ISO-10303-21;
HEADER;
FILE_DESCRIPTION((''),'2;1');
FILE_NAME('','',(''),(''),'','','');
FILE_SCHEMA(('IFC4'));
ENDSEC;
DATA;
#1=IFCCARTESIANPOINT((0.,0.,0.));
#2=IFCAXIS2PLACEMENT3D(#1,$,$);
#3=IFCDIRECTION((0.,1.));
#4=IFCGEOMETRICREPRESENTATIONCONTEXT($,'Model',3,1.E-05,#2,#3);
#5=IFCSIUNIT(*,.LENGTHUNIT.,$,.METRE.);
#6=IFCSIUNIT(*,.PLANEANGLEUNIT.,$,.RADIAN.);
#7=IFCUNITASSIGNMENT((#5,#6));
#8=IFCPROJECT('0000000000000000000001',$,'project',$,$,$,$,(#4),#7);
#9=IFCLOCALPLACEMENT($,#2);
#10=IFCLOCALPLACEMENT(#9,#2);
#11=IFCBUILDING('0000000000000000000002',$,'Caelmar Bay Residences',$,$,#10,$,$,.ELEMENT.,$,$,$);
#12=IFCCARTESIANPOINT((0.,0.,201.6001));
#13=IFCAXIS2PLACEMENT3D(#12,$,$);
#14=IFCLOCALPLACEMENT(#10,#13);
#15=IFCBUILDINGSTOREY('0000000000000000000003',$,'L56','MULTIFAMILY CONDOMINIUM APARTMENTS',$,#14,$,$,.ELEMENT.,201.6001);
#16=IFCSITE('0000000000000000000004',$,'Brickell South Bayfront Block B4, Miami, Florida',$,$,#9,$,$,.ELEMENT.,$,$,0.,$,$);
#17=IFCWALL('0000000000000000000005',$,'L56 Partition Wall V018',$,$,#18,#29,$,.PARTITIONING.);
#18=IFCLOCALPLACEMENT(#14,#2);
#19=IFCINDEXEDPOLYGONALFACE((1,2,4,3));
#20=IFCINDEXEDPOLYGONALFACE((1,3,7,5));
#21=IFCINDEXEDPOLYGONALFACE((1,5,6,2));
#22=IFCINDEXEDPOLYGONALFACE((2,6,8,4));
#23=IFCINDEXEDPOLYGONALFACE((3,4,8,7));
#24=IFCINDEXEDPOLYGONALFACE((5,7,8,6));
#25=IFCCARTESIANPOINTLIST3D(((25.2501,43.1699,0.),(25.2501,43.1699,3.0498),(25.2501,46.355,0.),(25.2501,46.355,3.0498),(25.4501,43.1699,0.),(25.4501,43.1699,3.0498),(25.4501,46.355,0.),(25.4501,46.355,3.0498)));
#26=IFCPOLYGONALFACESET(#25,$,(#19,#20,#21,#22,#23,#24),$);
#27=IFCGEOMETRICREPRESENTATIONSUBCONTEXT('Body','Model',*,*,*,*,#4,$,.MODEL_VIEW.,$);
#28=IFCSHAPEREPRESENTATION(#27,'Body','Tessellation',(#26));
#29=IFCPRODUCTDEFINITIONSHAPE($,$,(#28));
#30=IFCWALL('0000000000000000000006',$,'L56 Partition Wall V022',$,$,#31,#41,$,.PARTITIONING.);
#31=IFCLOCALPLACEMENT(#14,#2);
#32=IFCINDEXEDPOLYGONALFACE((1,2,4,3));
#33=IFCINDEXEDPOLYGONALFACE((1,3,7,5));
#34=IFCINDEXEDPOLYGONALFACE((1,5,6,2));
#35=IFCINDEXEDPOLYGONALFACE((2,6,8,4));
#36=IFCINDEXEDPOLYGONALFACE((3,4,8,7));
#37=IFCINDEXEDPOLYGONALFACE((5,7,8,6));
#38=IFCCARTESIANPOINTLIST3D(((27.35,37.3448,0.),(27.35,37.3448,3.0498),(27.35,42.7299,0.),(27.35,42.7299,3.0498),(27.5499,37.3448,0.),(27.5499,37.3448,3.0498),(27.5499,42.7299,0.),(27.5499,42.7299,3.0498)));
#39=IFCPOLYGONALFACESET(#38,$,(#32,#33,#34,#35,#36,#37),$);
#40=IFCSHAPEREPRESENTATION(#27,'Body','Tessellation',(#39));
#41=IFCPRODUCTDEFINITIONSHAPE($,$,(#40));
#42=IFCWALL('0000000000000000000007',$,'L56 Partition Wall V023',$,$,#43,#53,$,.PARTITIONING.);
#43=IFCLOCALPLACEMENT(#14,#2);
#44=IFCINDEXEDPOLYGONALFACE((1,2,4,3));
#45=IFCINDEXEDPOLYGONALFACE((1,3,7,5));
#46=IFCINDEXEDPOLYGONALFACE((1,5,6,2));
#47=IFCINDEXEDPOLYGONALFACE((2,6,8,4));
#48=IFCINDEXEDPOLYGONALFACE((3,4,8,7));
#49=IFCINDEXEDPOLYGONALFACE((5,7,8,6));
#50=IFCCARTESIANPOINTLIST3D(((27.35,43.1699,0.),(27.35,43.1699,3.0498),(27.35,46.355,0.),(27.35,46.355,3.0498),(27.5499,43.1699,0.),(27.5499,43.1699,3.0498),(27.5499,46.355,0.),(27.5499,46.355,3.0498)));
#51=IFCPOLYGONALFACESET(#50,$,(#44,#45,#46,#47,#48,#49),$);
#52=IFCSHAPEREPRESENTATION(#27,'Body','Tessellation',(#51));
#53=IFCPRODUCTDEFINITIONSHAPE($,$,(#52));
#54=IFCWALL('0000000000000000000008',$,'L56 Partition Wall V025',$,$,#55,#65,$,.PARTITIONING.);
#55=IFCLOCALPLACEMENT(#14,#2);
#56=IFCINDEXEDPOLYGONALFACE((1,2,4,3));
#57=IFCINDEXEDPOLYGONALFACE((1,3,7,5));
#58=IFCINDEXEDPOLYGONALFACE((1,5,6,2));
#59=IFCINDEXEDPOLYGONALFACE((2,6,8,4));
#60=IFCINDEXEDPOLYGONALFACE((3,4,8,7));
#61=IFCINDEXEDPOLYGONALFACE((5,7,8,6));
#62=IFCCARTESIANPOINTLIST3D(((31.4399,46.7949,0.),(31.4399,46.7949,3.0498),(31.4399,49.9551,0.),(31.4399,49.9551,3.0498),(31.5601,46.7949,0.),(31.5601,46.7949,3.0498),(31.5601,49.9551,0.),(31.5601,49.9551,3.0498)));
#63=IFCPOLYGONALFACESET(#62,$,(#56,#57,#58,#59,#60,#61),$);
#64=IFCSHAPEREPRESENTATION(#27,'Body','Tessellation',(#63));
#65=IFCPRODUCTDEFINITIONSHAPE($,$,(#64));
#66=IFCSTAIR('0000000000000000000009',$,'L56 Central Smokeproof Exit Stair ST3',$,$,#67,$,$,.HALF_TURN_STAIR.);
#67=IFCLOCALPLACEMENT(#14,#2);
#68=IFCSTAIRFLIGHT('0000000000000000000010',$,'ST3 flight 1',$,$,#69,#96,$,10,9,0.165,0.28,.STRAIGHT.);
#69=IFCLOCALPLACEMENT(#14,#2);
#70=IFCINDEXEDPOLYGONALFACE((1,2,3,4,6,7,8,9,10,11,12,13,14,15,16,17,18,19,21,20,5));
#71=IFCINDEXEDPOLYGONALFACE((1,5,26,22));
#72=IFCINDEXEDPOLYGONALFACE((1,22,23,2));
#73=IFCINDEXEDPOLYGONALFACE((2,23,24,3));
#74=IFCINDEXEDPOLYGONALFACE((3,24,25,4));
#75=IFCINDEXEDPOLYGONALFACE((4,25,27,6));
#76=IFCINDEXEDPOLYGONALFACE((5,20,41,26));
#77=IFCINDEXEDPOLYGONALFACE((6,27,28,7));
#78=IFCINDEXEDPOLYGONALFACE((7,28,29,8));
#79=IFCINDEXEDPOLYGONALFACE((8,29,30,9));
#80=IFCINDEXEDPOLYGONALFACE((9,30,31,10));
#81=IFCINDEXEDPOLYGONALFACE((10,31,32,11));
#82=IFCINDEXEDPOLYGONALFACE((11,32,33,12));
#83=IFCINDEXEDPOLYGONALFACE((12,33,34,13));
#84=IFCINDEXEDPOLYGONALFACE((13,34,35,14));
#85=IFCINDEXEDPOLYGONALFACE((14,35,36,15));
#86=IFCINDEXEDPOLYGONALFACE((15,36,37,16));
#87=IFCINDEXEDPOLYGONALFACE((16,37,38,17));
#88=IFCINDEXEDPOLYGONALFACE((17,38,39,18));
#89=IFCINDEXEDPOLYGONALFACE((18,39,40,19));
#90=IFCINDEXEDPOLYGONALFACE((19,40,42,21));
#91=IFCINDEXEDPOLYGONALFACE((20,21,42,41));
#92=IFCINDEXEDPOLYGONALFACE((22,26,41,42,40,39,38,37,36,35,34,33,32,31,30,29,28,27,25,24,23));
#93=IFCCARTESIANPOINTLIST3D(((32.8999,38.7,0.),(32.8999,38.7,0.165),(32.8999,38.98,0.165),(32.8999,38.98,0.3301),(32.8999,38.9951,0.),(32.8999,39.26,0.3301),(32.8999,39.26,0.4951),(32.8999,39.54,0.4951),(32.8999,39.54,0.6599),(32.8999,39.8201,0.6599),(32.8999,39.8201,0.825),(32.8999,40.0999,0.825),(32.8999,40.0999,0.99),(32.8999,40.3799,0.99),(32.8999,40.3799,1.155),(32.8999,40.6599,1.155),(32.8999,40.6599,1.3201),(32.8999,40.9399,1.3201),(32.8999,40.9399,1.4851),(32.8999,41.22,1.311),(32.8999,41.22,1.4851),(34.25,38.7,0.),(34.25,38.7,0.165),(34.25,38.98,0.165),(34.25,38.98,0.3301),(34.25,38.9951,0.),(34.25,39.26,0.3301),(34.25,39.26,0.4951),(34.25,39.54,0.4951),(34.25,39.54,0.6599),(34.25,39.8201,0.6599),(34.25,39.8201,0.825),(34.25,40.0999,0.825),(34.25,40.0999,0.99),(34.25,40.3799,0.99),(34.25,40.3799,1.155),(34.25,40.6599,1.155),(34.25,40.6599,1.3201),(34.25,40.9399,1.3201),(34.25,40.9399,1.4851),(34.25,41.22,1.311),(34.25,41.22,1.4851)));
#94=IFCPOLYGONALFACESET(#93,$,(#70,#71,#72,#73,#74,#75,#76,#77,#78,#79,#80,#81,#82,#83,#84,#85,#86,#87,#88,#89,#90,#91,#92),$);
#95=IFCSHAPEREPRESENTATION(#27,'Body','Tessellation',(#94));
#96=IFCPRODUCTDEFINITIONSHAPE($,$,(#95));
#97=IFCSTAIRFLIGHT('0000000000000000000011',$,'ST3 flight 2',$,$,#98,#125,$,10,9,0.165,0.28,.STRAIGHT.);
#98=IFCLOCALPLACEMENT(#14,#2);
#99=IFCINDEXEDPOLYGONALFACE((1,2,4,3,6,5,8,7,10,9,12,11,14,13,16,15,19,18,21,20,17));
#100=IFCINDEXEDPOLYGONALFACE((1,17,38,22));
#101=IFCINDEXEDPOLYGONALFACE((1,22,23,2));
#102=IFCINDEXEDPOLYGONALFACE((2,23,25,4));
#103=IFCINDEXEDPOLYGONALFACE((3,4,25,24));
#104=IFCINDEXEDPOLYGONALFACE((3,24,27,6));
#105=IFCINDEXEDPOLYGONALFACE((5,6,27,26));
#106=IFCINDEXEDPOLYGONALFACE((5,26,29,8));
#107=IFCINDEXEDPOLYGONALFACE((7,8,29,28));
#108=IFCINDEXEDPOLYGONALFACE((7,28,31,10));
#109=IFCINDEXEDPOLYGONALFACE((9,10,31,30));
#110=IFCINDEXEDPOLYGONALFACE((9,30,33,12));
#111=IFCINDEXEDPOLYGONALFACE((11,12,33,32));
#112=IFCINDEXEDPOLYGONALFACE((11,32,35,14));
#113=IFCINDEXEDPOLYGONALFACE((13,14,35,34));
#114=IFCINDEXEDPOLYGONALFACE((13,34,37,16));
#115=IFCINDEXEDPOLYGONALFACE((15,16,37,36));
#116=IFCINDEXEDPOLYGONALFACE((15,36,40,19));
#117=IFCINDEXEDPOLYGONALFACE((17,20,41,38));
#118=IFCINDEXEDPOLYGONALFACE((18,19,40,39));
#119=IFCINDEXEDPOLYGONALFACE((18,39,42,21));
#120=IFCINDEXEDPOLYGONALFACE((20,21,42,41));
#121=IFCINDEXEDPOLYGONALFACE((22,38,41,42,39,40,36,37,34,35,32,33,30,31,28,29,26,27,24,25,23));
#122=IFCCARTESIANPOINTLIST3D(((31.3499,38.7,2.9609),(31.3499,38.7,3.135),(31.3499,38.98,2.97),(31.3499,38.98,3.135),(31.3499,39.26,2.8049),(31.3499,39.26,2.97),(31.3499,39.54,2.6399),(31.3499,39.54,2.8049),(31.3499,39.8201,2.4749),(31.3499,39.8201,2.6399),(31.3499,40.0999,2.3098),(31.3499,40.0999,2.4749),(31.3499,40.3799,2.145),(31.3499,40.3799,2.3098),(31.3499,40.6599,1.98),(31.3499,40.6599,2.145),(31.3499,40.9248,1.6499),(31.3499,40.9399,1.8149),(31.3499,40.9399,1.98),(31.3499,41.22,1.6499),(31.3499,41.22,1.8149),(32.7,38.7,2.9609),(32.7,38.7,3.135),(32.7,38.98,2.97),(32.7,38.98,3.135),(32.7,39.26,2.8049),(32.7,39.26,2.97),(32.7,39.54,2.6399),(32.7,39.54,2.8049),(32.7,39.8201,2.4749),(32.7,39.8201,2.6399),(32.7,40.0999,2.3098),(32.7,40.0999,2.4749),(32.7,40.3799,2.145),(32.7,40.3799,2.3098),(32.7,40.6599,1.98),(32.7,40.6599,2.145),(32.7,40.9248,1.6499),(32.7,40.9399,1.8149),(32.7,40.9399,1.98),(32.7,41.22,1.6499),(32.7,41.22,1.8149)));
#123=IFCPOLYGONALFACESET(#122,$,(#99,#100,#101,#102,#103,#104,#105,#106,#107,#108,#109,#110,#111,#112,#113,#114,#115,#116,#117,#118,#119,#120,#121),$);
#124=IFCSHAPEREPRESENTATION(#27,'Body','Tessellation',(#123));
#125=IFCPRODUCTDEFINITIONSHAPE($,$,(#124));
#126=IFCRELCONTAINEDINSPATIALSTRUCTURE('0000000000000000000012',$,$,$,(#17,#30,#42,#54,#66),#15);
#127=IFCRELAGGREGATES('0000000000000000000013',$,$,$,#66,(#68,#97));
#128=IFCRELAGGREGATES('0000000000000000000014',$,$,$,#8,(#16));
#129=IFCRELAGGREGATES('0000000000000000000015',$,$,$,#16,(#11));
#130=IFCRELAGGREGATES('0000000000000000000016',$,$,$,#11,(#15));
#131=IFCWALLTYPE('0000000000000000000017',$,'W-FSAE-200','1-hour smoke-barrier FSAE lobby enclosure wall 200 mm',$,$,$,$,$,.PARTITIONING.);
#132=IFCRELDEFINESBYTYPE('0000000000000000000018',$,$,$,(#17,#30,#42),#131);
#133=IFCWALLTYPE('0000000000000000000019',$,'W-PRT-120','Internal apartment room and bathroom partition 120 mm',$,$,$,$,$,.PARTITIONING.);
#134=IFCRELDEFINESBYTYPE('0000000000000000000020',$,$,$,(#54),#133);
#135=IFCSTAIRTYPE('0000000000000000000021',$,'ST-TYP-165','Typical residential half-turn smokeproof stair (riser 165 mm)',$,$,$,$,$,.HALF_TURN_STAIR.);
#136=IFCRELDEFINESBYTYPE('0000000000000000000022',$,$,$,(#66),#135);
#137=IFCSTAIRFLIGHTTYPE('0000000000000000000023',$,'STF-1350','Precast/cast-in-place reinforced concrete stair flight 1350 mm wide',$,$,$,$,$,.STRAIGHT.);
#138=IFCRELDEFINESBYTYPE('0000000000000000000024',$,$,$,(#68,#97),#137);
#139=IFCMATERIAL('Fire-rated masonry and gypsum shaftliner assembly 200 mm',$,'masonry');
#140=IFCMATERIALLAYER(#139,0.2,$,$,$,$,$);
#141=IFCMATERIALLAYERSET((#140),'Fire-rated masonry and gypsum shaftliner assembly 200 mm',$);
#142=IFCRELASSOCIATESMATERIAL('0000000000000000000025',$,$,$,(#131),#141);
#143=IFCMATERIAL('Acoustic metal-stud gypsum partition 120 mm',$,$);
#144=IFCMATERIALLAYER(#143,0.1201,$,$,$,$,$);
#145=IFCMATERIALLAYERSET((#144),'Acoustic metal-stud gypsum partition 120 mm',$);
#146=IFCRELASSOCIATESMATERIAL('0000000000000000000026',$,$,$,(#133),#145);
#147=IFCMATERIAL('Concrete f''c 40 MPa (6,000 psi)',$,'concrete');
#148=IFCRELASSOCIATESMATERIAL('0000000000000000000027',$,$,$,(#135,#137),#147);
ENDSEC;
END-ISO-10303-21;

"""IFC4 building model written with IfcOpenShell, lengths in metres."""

from ifc_helpers import new_model, si_unit, direction, frame, frame_2d, origin, place, context, subcontext, project, spatial, polyline, rectangle, outline, extrude, material, layer, layer_set, type_object, element, aggregate, save


model = new_model("IFC4")

# Units and contexts
model_context = context("Model", 3, precision=1e-05, world=origin(), true_north=direction((0.0, 1.0)))
body_context = subcontext(model_context, "Body", "Model", "MODEL_VIEW")
ifc_project = project(units=[si_unit("LENGTHUNIT", "METRE"), si_unit("PLANEANGLEUNIT", "RADIAN")], contexts=[model_context])

# Site, building, storey
site_placement = place(None, origin())
site = spatial("IfcSite", under=ifc_project, at=site_placement, Name="Brickell South Bayfront Block B4, Miami, Florida", CompositionType="ELEMENT", RefElevation=0.0)
building_placement = place(site_placement, origin())
building = spatial("IfcBuilding", under=site, at=building_placement, Name="Caelmar Bay Residences", CompositionType="ELEMENT")
storey_placement = place(building_placement, frame((0.0, 0.0, 201.6001)))
storey = spatial("IfcBuildingStorey", under=building, at=storey_placement, Name="L56", Description="MULTIFAMILY CONDOMINIUM APARTMENTS", CompositionType="ELEMENT", Elevation=201.6001)

# Walls
ifc_material_1 = material(Name="Fire-rated masonry and gypsum shaftliner assembly 200 mm", Category="masonry")
ifc_layer_1 = layer(ifc_material_1, 0.2)
ifc_layer_set_1 = layer_set([ifc_layer_1], Name="Fire-rated masonry and gypsum shaftliner assembly 200 mm")
wall_type_1 = type_object("IfcWallType", Name="W-FSAE-200", Description="1-hour smoke-barrier FSAE lobby enclosure wall 200 mm", PredefinedType="PARTITIONING", material=ifc_layer_set_1)
wall_1_placement = place(storey_placement, frame((25.3501, 43.1699, 0.0), z_axis=(0.0, 0.0, 1.0), x_axis=(0.0, 1.0, 0.0)))
element("IfcWall", 1, at=wall_1_placement, inside=storey, type_object=wall_type_1, Name="L56 Partition Wall V018", PredefinedType="PARTITIONING", context=body_context, shape_type="SweptSolid", body=[
    extrude(rectangle(XDim=3.1851, YDim=0.2, at=frame_2d((1.5925, 0.0))), origin(), (0.0, 0.0, 1.0), 3.0498),
])
wall_2_placement = place(storey_placement, frame((27.45, 37.345, 0.0), z_axis=(0.0, 0.0, 1.0), x_axis=(0.0, 1.0, 0.0)))
element("IfcWall", 2, at=wall_2_placement, inside=storey, type_object=wall_type_1, Name="L56 Partition Wall V022", PredefinedType="PARTITIONING", context=body_context, shape_type="SweptSolid", body=[
    extrude(rectangle(XDim=5.385, YDim=0.2, at=frame_2d((2.6924, 0.0))), origin(), (0.0, 0.0, 1.0), 3.0498),
])
wall_3_placement = place(storey_placement, frame((27.45, 43.1699, 0.0), z_axis=(0.0, 0.0, 1.0), x_axis=(0.0, 1.0, 0.0)))
element("IfcWall", 3, at=wall_3_placement, inside=storey, type_object=wall_type_1, Name="L56 Partition Wall V023", PredefinedType="PARTITIONING", context=body_context, shape_type="SweptSolid", body=[
    extrude(rectangle(XDim=3.1851, YDim=0.2, at=frame_2d((1.5925, 0.0))), origin(), (0.0, 0.0, 1.0), 3.0498),
])
ifc_material_2 = material(Name="Acoustic metal-stud gypsum partition 120 mm")
ifc_layer_2 = layer(ifc_material_2, 0.1201)
ifc_layer_set_2 = layer_set([ifc_layer_2], Name="Acoustic metal-stud gypsum partition 120 mm")
wall_type_2 = type_object("IfcWallType", Name="W-PRT-120", Description="Internal apartment room and bathroom partition 120 mm", PredefinedType="PARTITIONING", material=ifc_layer_set_2)
wall_4_placement = place(storey_placement, frame((31.5, 46.7949, 0.0), z_axis=(0.0, 0.0, 1.0), x_axis=(0.0, 1.0, 0.0)))
element("IfcWall", 4, at=wall_4_placement, inside=storey, type_object=wall_type_2, Name="L56 Partition Wall V025", PredefinedType="PARTITIONING", context=body_context, shape_type="SweptSolid", body=[
    extrude(rectangle(XDim=3.1602, YDim=0.1201, at=frame_2d((1.5801, 0.0))), origin(), (0.0, 0.0, 1.0), 3.0498),
])

# Stair, stair flights
ifc_material_3 = material(Name="Concrete f'c 40 MPa (6,000 psi)", Category="concrete")
stair_type = type_object("IfcStairType", Name="ST-TYP-165", Description="Typical residential half-turn smokeproof stair (riser 165 mm)", PredefinedType="HALF_TURN_STAIR", material=ifc_material_3)
stair_placement = place(storey_placement, origin())
stair = element("IfcStair", 5, at=stair_placement, inside=storey, type_object=stair_type, Name="L56 Central Smokeproof Exit Stair ST3", PredefinedType="HALF_TURN_STAIR")
stair_flight_type = type_object("IfcStairFlightType", Name="STF-1350", Description="Precast/cast-in-place reinforced concrete stair flight 1350 mm wide", PredefinedType="STRAIGHT", material=ifc_material_3)
stair_flight_1_placement = place(storey_placement, frame((33.575, 38.7, 0.0), z_axis=(0.0, 0.0, 1.0), x_axis=(0.0, 1.0, 0.0)))
stair_flight_1 = element("IfcStairFlight", 6, at=stair_flight_1_placement, type_object=stair_flight_type, Name="ST3 flight 1", NumberOfRisers=10, NumberOfTreads=9, PredefinedType="STRAIGHT", RiserHeight=0.165, TreadLength=0.28, context=body_context, shape_type="SweptSolid", body=[
    extrude(outline(polyline([(0.0, 0.0), (0.0, 0.165), (0.28, 0.165), (0.28, 0.3301), (0.5601, 0.3301), (0.5601, 0.4951), (0.8401, 0.4951), (0.8401, 0.6599), (1.1201, 0.6599), (1.1201, 0.825), (1.3999, 0.825), (1.3999, 0.99), (1.6799, 0.99), (1.6799, 1.155), (1.96, 1.155), (1.96, 1.3201), (2.24, 1.3201), (2.24, 1.4851), (2.52, 1.4851), (2.52, 1.6499), (2.52, 1.311), (0.2952, 0.0), (0.0, 0.0)])), frame((0.0, 0.675, 0.0), z_axis=(0.0, -1.0, 0.0), x_axis=(1.0, 0.0, 0.0)), (0.0, 0.0, 1.0), 1.3501),
])
stair_flight_2_placement = place(storey_placement, frame((32.0249, 41.22, 1.6499), z_axis=(0.0, 0.0, 1.0), x_axis=(0.0, -1.0, 0.0)))
stair_flight_2 = element("IfcStairFlight", 7, at=stair_flight_2_placement, type_object=stair_flight_type, Name="ST3 flight 2", NumberOfRisers=10, NumberOfTreads=9, PredefinedType="STRAIGHT", RiserHeight=0.165, TreadLength=0.28, context=body_context, shape_type="SweptSolid", body=[
    extrude(outline(polyline([(0.0, 0.0), (0.0, 0.165), (0.28, 0.165), (0.28, 0.3301), (0.5601, 0.3301), (0.5601, 0.4951), (0.8401, 0.4951), (0.8401, 0.6599), (1.1201, 0.6599), (1.1201, 0.825), (1.3999, 0.825), (1.3999, 0.99), (1.6799, 0.99), (1.6799, 1.155), (1.96, 1.155), (1.96, 1.3201), (2.24, 1.3201), (2.24, 1.4851), (2.52, 1.4851), (2.52, 1.6499), (2.52, 1.311), (0.2952, 0.0), (0.0, 0.0)])), frame((0.0, 0.675, 0.0), z_axis=(0.0, -1.0, 0.0), x_axis=(1.0, 0.0, 0.0)), (0.0, 0.0, 1.0), 1.3501),
])
aggregate(stair, [stair_flight_1, stair_flight_2])

save(model, "model.ifc")
